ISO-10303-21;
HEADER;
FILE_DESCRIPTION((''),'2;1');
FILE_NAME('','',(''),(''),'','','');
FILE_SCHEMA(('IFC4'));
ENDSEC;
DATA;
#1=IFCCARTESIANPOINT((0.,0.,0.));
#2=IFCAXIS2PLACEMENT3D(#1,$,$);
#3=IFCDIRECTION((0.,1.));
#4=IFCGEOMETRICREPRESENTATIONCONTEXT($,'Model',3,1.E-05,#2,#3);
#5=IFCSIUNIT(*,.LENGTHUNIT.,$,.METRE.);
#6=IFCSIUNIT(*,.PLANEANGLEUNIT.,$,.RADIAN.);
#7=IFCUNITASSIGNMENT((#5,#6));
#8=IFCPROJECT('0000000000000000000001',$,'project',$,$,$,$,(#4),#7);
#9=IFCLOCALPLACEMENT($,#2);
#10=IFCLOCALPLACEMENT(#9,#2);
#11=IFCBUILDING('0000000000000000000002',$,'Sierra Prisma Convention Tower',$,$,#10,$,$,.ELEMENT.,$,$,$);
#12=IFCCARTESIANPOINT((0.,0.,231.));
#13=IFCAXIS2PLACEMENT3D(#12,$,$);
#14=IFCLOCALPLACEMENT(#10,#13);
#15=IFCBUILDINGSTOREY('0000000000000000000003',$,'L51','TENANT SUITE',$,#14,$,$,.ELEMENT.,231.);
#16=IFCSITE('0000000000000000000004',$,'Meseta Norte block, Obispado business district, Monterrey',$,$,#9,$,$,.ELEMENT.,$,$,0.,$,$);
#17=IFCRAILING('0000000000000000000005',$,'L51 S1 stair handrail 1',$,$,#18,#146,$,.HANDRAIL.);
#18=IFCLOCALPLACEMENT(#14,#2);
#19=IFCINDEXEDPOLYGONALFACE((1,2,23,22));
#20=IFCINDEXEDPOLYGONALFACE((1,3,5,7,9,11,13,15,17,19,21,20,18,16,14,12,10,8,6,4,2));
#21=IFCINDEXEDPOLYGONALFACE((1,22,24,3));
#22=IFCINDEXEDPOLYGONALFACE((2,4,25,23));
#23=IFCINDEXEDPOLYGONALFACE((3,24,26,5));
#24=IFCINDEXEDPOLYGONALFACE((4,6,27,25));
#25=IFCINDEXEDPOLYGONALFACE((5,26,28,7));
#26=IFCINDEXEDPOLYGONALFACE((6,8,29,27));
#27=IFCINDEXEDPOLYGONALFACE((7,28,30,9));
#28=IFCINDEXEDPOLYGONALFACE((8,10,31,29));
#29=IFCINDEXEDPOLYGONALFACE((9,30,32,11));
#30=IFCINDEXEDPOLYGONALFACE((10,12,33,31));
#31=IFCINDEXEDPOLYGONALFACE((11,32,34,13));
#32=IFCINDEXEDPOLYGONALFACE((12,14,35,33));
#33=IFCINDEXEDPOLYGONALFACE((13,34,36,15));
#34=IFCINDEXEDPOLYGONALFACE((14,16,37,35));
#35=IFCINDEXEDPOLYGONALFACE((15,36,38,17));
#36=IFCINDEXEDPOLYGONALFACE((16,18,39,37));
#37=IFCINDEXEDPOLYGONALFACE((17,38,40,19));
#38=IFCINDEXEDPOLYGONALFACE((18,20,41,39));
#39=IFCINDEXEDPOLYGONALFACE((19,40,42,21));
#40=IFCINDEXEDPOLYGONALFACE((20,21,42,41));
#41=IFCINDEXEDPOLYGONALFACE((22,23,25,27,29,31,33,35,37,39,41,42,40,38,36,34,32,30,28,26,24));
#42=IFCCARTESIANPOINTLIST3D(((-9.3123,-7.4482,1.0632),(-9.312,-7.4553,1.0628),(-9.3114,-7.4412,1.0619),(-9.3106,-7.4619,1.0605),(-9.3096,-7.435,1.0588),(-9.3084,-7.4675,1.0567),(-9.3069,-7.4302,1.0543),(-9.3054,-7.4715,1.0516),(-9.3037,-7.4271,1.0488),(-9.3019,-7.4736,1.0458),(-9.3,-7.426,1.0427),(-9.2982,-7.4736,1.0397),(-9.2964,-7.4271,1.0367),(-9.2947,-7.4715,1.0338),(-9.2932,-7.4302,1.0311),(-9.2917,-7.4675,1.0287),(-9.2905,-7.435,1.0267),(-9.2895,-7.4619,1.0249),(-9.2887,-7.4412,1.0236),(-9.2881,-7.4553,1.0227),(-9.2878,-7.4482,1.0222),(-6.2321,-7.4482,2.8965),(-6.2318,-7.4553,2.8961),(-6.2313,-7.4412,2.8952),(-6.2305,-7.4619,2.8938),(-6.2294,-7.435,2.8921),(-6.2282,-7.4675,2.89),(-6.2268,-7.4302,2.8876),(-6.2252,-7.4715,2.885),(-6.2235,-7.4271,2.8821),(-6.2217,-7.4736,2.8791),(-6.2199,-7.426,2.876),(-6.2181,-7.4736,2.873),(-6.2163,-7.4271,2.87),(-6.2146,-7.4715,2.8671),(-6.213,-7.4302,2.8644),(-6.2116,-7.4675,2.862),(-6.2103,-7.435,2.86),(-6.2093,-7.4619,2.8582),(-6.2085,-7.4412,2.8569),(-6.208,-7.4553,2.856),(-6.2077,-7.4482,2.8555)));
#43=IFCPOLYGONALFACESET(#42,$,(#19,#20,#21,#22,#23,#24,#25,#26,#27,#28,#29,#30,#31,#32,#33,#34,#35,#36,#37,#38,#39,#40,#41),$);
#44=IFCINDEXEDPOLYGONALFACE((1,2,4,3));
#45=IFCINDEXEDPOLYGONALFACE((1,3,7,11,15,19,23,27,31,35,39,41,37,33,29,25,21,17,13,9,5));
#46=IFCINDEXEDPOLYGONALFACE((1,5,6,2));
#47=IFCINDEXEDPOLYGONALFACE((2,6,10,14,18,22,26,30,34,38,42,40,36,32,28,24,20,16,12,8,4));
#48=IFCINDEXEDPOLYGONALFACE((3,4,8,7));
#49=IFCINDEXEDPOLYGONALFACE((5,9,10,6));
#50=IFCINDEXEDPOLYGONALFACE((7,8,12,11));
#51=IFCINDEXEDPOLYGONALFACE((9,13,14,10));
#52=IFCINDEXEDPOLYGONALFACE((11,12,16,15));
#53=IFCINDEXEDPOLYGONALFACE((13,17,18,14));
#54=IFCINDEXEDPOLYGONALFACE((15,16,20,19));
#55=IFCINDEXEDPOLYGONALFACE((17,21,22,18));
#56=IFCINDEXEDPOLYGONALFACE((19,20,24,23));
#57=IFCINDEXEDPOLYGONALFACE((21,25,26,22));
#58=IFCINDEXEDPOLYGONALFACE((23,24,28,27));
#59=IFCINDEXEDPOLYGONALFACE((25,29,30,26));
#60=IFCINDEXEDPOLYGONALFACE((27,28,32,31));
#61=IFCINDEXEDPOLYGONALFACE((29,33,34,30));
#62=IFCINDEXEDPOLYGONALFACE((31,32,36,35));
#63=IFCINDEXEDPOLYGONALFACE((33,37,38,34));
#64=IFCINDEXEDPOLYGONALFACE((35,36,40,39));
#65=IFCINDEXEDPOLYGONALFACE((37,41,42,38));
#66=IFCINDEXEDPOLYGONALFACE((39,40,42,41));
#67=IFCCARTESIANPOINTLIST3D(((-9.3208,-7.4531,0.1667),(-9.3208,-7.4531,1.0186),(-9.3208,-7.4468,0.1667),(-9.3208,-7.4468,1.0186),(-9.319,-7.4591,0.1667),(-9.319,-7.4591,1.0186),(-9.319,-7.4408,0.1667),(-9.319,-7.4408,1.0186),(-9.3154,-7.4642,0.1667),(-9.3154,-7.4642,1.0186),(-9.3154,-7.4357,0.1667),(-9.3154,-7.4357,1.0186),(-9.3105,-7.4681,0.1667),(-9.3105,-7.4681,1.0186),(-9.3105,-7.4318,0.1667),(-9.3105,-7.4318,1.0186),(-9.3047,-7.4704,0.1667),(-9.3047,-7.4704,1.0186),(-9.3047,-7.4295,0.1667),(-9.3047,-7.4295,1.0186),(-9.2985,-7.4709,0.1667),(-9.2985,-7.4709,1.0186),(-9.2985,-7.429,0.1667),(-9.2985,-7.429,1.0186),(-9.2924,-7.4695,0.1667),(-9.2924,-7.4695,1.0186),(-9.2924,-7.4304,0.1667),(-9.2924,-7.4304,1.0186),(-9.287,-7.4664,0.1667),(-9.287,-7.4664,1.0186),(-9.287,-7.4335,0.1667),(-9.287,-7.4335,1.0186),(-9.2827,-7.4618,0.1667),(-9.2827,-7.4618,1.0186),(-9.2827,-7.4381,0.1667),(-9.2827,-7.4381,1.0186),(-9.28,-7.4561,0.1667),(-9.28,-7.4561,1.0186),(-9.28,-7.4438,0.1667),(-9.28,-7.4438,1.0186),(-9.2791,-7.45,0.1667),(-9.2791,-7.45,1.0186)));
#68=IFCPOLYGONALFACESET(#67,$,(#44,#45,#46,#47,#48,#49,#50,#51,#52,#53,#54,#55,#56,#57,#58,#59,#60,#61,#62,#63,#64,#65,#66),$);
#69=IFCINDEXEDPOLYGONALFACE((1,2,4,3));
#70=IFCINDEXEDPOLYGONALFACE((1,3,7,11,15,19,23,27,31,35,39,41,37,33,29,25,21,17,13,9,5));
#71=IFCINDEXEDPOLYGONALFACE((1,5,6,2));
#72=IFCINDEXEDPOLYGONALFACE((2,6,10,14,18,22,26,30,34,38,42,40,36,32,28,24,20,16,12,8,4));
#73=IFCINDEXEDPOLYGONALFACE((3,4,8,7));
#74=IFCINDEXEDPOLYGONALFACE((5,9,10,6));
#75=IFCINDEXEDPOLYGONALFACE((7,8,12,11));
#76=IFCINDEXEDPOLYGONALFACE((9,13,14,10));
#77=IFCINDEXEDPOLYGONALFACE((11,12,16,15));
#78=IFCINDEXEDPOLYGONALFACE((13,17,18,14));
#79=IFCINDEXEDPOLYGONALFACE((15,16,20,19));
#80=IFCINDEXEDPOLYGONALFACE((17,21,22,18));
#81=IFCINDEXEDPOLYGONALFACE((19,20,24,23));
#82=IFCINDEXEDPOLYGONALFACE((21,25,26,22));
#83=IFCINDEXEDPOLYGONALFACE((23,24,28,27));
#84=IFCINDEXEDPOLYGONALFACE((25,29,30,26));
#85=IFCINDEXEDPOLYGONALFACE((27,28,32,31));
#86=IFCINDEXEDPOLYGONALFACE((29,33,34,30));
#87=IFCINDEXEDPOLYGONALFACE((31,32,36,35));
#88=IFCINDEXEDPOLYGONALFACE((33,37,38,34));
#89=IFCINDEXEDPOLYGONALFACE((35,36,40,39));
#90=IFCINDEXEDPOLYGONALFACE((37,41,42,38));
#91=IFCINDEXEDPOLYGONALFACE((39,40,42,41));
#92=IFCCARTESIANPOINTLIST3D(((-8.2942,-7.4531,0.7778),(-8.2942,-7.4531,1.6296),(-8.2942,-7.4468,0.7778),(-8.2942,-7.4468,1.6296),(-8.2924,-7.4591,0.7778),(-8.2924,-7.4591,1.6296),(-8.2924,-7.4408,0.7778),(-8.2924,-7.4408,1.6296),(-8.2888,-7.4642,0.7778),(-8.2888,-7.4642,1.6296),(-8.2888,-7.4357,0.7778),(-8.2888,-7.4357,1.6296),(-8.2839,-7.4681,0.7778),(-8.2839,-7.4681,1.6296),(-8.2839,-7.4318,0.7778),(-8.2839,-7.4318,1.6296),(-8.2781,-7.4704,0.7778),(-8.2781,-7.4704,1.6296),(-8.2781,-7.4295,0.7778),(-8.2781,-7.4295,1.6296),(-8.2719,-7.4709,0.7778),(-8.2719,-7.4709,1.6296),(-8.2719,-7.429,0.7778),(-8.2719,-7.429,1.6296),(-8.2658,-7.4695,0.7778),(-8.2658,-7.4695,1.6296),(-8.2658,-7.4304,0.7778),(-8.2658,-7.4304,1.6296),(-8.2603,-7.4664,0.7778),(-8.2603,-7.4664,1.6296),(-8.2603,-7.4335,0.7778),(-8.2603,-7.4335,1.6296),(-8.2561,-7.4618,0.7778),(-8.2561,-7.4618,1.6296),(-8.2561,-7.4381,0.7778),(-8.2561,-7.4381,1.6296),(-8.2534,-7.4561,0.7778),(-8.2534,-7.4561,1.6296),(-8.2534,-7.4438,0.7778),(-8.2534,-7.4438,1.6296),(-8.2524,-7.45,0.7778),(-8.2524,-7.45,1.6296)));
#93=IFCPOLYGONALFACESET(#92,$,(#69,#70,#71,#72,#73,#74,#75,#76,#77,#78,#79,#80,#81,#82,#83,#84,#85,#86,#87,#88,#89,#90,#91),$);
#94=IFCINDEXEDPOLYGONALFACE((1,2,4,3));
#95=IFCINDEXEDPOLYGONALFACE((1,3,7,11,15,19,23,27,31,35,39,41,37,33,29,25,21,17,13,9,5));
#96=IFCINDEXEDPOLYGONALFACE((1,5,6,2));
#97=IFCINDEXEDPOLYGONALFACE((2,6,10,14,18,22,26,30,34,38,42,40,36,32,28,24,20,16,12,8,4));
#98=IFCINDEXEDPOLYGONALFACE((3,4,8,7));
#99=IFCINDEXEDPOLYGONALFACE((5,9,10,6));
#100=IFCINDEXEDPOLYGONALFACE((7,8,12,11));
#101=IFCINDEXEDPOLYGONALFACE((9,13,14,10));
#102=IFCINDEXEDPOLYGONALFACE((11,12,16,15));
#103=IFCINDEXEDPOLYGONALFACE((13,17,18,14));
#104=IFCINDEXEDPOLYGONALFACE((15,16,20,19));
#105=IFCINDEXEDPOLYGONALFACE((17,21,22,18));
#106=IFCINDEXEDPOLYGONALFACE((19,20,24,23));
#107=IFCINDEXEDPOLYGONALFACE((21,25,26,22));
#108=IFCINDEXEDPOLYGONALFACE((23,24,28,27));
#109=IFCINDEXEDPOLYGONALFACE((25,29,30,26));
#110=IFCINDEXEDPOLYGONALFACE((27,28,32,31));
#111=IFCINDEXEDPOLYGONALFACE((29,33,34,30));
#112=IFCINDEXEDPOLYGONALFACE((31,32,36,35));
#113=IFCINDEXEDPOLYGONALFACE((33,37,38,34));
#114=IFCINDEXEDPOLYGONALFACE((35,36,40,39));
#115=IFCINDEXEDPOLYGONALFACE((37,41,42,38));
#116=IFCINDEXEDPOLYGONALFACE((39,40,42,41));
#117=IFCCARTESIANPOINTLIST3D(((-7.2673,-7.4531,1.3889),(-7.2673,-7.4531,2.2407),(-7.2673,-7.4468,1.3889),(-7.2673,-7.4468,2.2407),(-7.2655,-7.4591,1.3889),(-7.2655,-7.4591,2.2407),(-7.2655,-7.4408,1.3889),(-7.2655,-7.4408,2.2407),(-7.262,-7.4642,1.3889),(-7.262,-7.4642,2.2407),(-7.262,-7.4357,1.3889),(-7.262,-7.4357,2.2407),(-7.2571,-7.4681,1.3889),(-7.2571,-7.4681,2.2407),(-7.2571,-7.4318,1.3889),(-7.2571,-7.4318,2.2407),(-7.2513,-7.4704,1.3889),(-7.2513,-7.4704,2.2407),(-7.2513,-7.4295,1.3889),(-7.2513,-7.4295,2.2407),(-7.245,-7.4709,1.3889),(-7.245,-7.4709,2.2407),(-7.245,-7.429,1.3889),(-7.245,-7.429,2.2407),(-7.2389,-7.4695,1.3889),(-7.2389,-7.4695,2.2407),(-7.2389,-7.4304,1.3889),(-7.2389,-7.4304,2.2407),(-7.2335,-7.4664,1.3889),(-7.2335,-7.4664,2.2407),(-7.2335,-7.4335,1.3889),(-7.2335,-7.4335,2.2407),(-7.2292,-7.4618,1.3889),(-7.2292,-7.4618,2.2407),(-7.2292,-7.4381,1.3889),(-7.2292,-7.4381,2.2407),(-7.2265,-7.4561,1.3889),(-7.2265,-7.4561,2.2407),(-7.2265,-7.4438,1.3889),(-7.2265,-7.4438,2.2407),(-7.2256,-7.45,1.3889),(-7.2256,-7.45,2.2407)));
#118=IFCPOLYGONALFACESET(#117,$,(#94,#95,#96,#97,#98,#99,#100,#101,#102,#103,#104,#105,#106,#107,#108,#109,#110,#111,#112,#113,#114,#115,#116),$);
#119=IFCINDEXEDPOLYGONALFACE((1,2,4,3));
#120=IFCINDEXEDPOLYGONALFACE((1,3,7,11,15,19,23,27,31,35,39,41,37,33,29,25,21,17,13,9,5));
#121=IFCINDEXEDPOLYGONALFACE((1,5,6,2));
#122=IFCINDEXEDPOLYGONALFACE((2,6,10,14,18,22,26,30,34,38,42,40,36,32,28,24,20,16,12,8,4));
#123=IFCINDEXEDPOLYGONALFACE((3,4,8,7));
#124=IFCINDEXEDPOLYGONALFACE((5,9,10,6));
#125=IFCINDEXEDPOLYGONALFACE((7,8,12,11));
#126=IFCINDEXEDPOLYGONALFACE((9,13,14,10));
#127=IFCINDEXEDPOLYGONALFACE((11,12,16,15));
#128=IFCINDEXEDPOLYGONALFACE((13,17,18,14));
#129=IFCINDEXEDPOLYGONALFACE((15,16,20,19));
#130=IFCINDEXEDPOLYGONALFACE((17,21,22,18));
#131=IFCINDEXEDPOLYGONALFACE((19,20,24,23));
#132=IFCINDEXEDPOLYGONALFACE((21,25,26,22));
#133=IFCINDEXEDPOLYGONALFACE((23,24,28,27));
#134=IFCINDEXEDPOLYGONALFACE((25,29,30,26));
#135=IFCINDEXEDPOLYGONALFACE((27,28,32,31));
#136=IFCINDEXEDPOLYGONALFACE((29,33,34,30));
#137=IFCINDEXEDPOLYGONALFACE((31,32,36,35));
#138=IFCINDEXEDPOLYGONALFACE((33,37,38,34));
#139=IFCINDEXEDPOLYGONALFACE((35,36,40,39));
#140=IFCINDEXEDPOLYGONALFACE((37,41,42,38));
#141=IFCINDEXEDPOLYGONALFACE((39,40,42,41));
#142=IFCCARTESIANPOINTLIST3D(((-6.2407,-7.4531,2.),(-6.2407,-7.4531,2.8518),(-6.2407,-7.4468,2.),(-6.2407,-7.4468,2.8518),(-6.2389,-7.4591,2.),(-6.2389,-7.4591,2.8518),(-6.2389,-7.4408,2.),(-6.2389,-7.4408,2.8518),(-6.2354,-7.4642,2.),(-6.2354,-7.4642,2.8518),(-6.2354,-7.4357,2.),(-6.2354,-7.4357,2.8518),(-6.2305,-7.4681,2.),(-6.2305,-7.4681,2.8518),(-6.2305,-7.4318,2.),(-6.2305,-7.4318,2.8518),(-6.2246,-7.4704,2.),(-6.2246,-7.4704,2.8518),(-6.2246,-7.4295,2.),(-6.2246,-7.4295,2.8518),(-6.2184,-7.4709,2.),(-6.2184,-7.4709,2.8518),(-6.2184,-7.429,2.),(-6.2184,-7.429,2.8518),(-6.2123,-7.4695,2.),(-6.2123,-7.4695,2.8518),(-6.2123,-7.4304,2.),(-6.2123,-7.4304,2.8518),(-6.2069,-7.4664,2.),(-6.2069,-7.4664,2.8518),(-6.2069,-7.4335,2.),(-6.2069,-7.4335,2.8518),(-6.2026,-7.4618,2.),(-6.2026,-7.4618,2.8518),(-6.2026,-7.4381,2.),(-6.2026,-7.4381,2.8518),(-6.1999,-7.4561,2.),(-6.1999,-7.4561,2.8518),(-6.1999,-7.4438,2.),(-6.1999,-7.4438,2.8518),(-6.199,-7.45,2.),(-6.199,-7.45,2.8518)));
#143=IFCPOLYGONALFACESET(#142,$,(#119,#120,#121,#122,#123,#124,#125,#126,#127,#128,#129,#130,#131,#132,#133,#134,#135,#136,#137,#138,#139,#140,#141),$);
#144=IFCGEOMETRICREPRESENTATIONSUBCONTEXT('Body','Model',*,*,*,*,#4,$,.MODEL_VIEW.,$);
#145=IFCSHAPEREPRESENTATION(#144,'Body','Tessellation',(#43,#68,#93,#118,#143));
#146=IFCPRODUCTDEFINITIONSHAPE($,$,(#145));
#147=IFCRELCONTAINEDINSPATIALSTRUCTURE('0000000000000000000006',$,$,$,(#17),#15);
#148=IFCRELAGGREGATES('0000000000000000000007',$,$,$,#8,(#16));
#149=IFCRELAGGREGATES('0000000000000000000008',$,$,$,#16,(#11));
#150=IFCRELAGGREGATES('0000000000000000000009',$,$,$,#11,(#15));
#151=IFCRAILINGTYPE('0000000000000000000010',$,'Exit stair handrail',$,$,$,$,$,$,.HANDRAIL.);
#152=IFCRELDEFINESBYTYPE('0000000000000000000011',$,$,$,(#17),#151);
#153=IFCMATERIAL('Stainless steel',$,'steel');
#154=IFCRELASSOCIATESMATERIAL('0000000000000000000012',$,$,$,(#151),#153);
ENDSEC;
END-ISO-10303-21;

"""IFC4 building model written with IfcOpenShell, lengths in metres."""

from ifc_helpers import new_model, si_unit, direction, frame, origin, origin_2d, place, context, subcontext, project, spatial, circle, extrude, material, type_object, element, save


model = new_model("IFC4")

# Units and contexts
model_context = context("Model", 3, precision=1e-05, world=origin(), true_north=direction((0.0, 1.0)))
body_context = subcontext(model_context, "Body", "Model", "MODEL_VIEW")
ifc_project = project(units=[si_unit("LENGTHUNIT", "METRE"), si_unit("PLANEANGLEUNIT", "RADIAN")], contexts=[model_context])

# Site, building, storey
site_placement = place(None, origin())
site = spatial("IfcSite", under=ifc_project, at=site_placement, Name="Meseta Norte block, Obispado business district, Monterrey", CompositionType="ELEMENT", RefElevation=0.0)
building_placement = place(site_placement, origin())
building = spatial("IfcBuilding", under=site, at=building_placement, Name="Sierra Prisma Convention Tower", CompositionType="ELEMENT")
storey_placement = place(building_placement, frame((0.0, 0.0, 231.0)))
storey = spatial("IfcBuildingStorey", under=building, at=storey_placement, Name="L51", Description="TENANT SUITE", CompositionType="ELEMENT", Elevation=231.0)

# Railing
ifc_material_1 = material(Name="Stainless steel", Category="steel")
railing_type_1 = type_object("IfcRailingType", Name="Exit stair handrail", PredefinedType="HANDRAIL", material=ifc_material_1)
railing_1_placement = place(storey_placement, frame((-9.3, -7.45, 0.1667)))
element("IfcRailing", 1, at=railing_1_placement, inside=storey, type_object=railing_type_1, Name="L51 S1 stair handrail 1", PredefinedType="HANDRAIL", context=body_context, shape_type="SweptSolid", body=[
    extrude(circle(Radius=0.0239, at=origin_2d()), frame((0.0, 0.0, 0.876), z_axis=(0.859309, 0.0, 0.511458), x_axis=(0.0, 1.0, 0.0)), (0.0, 0.0, 1.0), 3.5845),
    extrude(circle(Radius=0.021, at=origin_2d()), origin(), (0.0, 0.0, 1.0), 0.8518),
    extrude(circle(Radius=0.021, at=origin_2d()), frame((1.0266, 0.0, 0.6111)), (0.0, 0.0, 1.0), 0.8518),
    extrude(circle(Radius=0.021, at=origin_2d()), frame((2.0535, 0.0, 1.2222)), (0.0, 0.0, 1.0), 0.8518),
    extrude(circle(Radius=0.021, at=origin_2d()), frame((3.0801, 0.0, 1.8333)), (0.0, 0.0, 1.0), 0.8518),
])

save(model, "model.ifc")
